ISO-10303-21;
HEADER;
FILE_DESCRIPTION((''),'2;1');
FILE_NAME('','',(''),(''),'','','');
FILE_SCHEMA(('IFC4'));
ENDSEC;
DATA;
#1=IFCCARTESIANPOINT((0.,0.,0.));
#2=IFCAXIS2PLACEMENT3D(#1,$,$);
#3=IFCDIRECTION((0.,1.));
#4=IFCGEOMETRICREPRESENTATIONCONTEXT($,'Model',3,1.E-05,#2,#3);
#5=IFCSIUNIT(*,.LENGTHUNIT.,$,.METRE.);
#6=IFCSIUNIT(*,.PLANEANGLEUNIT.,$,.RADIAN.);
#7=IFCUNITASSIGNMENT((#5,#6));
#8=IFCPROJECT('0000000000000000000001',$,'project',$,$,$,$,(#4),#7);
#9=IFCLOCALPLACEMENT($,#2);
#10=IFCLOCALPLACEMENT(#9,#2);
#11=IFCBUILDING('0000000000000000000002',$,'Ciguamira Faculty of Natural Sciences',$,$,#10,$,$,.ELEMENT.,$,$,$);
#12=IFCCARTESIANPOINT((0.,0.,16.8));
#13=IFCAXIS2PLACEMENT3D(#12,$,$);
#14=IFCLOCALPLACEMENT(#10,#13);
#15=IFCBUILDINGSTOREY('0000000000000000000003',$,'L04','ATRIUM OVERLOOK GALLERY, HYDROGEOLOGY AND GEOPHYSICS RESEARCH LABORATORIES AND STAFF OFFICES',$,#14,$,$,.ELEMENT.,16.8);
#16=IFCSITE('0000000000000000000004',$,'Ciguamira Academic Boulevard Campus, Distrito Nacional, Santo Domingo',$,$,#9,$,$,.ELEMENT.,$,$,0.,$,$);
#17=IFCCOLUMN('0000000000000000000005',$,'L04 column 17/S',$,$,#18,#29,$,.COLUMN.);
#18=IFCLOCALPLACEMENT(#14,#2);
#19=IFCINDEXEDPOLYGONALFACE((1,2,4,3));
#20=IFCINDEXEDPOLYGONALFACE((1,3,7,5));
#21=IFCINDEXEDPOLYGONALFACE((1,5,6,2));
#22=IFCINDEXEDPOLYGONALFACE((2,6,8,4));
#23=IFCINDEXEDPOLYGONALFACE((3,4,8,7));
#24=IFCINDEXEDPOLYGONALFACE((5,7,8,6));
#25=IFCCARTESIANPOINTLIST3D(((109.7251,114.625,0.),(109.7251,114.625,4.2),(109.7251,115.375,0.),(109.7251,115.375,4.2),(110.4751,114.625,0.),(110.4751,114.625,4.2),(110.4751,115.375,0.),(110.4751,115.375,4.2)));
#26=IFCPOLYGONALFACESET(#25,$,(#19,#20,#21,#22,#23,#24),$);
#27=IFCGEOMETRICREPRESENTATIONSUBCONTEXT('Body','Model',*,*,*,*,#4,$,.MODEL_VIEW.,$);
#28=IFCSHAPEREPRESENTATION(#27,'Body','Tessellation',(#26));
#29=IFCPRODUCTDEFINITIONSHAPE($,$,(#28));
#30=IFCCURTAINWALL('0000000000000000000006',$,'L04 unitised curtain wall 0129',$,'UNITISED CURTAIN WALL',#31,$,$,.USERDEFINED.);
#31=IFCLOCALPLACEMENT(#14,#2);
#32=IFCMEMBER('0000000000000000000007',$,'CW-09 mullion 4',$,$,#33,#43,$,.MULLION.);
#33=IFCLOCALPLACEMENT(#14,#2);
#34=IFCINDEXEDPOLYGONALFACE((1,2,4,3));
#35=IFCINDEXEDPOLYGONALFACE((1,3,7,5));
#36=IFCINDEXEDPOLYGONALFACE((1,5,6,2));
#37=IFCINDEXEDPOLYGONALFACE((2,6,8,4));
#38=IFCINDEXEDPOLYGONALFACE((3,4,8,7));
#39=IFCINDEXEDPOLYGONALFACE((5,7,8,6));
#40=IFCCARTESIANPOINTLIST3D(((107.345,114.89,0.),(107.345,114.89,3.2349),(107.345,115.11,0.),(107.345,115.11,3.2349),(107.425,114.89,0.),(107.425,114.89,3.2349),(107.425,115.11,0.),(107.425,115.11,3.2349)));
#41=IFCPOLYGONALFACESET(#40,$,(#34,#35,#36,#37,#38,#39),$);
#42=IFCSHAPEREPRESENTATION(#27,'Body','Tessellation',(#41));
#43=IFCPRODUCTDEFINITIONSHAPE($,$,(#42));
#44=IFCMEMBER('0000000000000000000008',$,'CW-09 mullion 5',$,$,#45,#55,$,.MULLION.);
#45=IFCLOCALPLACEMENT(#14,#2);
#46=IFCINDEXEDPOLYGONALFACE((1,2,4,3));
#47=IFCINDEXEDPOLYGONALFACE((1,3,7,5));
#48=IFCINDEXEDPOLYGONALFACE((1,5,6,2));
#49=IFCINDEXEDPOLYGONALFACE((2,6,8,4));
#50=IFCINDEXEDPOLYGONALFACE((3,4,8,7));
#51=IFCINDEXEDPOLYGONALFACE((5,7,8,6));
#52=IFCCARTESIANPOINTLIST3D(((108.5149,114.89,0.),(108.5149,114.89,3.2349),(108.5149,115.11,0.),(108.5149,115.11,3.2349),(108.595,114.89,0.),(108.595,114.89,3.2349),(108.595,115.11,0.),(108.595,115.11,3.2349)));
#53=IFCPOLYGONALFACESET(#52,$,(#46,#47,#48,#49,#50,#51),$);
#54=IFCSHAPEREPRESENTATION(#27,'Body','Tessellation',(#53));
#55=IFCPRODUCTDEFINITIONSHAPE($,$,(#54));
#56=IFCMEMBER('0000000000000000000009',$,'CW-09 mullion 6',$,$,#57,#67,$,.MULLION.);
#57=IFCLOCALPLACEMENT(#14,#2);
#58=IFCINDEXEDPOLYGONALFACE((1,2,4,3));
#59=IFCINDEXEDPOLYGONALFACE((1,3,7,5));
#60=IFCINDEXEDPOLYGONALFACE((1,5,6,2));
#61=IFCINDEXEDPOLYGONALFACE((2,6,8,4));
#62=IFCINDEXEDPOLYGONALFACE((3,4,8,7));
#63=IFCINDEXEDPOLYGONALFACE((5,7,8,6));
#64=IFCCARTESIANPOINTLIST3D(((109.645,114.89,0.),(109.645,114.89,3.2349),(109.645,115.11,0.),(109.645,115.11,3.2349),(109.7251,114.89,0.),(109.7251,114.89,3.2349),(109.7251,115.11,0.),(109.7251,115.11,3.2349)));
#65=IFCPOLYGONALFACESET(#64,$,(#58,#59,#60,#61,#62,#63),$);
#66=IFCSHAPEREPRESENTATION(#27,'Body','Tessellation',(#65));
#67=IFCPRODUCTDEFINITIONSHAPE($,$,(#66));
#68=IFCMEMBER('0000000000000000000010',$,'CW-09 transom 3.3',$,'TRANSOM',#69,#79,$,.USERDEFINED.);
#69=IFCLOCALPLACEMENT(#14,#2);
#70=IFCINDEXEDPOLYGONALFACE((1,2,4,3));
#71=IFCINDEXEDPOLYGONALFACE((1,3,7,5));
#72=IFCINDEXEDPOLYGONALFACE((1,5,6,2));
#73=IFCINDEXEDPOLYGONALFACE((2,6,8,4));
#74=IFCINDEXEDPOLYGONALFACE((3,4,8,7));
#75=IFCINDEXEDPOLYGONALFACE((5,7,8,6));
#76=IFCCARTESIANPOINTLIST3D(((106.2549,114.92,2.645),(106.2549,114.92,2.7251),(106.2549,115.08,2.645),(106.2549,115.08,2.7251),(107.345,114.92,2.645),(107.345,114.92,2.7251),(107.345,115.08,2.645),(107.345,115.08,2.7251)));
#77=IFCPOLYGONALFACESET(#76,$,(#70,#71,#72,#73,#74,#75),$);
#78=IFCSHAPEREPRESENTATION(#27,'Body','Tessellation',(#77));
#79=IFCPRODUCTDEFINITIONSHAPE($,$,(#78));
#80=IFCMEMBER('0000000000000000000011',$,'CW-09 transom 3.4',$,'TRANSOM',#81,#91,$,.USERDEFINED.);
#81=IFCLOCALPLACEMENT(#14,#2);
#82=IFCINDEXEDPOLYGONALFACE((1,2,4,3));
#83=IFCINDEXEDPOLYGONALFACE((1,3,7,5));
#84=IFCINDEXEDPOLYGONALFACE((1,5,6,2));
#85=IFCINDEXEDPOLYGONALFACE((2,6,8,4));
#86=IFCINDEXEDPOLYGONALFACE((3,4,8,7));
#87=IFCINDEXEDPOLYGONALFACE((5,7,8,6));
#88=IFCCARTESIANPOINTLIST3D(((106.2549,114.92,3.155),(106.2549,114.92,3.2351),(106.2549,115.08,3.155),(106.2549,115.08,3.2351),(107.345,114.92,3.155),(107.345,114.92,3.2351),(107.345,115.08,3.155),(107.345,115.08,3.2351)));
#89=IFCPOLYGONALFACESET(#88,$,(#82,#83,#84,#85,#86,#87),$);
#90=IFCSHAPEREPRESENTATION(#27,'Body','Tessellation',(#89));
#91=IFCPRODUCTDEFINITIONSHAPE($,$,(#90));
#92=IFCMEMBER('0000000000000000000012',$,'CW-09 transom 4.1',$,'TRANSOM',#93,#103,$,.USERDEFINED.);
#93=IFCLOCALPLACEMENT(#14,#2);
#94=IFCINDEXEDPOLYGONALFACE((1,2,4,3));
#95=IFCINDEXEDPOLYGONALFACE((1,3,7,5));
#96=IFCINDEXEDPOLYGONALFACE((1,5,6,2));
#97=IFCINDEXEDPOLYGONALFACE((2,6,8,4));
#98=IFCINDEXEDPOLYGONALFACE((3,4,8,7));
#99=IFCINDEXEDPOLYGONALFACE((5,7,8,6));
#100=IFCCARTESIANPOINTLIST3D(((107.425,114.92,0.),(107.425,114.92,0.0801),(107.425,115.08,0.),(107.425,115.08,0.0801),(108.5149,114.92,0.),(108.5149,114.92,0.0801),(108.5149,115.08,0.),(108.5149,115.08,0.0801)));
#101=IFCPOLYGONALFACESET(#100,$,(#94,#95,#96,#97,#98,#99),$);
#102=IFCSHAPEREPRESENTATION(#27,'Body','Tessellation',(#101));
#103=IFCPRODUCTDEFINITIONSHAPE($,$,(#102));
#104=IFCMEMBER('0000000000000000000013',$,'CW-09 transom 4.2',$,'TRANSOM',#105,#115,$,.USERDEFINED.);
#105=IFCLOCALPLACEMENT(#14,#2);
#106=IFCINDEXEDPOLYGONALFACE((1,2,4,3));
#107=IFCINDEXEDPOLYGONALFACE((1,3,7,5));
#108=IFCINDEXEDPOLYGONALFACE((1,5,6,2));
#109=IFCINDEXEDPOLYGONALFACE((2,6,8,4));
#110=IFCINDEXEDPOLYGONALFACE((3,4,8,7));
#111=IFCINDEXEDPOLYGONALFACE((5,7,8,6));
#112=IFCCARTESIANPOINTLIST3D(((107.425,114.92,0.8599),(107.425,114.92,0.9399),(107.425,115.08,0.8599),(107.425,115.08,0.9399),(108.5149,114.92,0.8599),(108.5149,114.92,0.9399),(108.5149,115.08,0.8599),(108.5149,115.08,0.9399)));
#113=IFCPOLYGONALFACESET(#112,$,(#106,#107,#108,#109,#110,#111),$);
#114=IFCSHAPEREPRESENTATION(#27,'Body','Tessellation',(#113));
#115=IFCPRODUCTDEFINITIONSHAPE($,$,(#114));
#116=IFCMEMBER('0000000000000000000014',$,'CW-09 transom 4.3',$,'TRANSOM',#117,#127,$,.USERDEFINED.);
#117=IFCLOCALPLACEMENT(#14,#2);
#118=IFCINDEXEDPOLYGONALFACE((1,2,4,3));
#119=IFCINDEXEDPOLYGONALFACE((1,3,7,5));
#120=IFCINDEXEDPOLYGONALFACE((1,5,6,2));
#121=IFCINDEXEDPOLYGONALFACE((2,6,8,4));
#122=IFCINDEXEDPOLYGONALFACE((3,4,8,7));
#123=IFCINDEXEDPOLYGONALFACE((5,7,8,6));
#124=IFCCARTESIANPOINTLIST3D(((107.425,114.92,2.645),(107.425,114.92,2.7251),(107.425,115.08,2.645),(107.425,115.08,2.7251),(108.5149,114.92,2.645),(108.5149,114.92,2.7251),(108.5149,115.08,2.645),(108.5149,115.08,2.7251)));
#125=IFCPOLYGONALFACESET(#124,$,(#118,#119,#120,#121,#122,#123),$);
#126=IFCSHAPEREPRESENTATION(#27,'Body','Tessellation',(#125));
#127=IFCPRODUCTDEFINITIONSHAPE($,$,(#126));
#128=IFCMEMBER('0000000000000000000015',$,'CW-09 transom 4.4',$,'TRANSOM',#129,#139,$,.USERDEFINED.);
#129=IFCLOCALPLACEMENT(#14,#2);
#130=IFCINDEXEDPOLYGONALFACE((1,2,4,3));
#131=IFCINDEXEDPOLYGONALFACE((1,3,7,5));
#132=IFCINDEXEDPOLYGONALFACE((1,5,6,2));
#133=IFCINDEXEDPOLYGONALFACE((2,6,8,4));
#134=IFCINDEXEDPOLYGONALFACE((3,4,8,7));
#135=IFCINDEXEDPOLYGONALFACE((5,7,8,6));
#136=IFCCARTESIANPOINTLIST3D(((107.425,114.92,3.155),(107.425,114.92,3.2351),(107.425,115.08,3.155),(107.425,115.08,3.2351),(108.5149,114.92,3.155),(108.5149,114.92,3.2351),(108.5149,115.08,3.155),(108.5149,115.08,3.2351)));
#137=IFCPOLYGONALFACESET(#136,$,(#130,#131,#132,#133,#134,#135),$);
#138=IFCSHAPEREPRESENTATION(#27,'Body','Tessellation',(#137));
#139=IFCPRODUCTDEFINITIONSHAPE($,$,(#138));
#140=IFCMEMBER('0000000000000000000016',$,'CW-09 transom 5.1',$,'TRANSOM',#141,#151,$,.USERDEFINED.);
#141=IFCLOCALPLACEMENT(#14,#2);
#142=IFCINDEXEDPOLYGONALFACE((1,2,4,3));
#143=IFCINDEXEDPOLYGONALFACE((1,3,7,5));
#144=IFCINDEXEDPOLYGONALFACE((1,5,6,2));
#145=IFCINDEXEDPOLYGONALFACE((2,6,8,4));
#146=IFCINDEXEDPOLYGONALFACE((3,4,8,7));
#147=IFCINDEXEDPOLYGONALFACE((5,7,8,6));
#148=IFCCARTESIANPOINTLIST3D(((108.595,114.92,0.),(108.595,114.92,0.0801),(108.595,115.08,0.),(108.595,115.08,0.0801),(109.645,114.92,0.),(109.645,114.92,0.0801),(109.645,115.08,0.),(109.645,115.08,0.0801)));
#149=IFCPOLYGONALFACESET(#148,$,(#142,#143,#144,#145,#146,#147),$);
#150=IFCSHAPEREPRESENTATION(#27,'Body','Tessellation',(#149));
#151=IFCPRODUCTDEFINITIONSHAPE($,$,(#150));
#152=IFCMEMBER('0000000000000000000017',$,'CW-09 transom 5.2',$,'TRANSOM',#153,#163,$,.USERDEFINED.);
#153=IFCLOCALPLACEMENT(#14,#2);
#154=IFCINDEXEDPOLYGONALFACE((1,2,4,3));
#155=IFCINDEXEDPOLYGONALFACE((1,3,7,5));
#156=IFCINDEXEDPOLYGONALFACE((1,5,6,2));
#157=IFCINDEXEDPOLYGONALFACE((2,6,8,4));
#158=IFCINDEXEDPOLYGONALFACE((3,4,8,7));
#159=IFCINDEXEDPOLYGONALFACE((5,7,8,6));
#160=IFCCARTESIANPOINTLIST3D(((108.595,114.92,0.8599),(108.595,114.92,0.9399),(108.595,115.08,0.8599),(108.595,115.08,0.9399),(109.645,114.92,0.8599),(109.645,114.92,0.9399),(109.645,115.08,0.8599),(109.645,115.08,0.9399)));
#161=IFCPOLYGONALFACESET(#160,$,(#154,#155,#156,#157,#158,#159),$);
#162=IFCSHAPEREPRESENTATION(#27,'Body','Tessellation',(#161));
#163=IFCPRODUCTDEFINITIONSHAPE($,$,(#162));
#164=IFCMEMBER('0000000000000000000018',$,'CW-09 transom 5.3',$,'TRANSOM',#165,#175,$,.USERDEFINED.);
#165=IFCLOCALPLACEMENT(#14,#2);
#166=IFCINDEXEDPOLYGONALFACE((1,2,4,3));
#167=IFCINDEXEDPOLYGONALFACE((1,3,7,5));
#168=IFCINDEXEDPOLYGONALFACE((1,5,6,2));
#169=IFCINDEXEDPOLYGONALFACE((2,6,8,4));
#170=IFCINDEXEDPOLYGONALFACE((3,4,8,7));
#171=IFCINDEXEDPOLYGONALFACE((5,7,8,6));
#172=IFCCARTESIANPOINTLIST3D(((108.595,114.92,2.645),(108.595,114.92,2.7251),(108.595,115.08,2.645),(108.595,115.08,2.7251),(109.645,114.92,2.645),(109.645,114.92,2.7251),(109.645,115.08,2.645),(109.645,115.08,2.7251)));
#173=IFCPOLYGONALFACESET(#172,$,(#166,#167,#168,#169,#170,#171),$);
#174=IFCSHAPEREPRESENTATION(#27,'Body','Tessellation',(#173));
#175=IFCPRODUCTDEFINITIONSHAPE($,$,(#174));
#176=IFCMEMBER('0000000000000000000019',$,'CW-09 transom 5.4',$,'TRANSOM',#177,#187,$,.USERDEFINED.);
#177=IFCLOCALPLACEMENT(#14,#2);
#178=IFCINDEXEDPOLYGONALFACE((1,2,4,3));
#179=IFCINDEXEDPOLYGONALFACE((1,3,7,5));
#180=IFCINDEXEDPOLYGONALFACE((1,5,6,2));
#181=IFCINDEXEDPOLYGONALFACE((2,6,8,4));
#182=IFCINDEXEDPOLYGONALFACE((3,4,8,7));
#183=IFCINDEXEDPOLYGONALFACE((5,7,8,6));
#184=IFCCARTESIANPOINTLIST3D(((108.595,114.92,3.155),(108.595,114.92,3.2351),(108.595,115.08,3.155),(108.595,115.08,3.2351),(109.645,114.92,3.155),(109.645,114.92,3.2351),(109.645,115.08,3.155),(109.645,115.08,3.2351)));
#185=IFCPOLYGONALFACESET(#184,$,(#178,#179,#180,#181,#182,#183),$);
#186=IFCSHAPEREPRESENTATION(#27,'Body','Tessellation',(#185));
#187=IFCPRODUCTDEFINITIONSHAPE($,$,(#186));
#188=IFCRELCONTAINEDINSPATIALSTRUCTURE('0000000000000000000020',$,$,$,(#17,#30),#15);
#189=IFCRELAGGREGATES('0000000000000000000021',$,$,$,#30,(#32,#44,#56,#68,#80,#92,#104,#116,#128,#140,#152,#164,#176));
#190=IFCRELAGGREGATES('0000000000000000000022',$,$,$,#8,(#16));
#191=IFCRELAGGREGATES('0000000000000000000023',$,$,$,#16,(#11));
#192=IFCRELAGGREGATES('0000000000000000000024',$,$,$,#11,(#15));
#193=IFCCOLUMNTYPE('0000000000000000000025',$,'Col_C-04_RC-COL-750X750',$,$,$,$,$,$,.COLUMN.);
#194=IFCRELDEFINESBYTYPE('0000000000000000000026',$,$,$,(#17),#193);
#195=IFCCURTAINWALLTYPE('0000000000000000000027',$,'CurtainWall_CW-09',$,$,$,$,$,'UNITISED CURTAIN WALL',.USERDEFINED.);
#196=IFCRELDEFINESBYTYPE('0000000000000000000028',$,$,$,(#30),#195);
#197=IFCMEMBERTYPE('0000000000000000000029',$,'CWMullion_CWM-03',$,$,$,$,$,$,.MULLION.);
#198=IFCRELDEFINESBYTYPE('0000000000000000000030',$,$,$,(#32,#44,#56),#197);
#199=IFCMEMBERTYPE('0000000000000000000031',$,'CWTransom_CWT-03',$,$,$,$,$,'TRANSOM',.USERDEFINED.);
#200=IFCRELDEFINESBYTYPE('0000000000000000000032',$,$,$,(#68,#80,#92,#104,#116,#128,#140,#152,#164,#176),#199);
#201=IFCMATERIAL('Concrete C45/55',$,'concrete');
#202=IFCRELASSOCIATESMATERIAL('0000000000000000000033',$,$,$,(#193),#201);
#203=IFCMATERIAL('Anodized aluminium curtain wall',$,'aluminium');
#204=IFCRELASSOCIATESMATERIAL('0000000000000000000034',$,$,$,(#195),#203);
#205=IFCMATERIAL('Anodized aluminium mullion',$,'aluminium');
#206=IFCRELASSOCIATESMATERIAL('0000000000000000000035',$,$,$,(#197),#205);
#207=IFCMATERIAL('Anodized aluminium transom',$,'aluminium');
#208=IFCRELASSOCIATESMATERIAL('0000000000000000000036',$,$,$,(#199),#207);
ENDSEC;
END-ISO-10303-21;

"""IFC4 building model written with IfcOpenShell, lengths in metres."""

from ifc_helpers import new_model, si_unit, direction, frame, origin, origin_2d, place, context, subcontext, project, spatial, rectangle, extrude, material, material_profile, profile_set, type_object, element, aggregate, save


model = new_model("IFC4")

# Units and contexts
model_context = context("Model", 3, precision=1e-05, world=origin(), true_north=direction((0.0, 1.0)))
body_context = subcontext(model_context, "Body", "Model", "MODEL_VIEW")
ifc_project = project(units=[si_unit("LENGTHUNIT", "METRE"), si_unit("PLANEANGLEUNIT", "RADIAN")], contexts=[model_context])

# Site, building, storey
site_placement = place(None, origin())
site = spatial("IfcSite", under=ifc_project, at=site_placement, Name="Ciguamira Academic Boulevard Campus, Distrito Nacional, Santo Domingo", CompositionType="ELEMENT", RefElevation=0.0)
building_placement = place(site_placement, origin())
building = spatial("IfcBuilding", under=site, at=building_placement, Name="Ciguamira Faculty of Natural Sciences", CompositionType="ELEMENT")
storey_placement = place(building_placement, frame((0.0, 0.0, 16.8)))
storey = spatial("IfcBuildingStorey", under=building, at=storey_placement, Name="L04", Description="ATRIUM OVERLOOK GALLERY, HYDROGEOLOGY AND GEOPHYSICS RESEARCH LABORATORIES AND STAFF OFFICES", CompositionType="ELEMENT", Elevation=16.8)

# Column
ifc_material_1 = material(Name="Concrete C45/55", Category="concrete")
ifc_material_profile_1 = material_profile(ifc_material_1, rectangle(XDim=0.75, YDim=0.75, at=origin_2d()), Name="RC-COL-750X750")
ifc_profile_set_1 = profile_set([ifc_material_profile_1], Name="Concrete C45/55")
column_type = type_object("IfcColumnType", Name="Col_C-04_RC-COL-750X750", PredefinedType="COLUMN", material=ifc_profile_set_1)
column_placement = place(storey_placement, frame((110.1001, 115.0, 0.0), z_axis=(0.0, 0.0, 1.0), x_axis=(1.0, 0.0, 0.0)))
element("IfcColumn", 1, at=column_placement, inside=storey, type_object=column_type, Name="L04 column 17/S", PredefinedType="COLUMN", context=body_context, shape_type="SweptSolid", body=[
    extrude(rectangle(XDim=0.75, YDim=0.75, at=origin_2d()), origin(), (0.0, 0.0, 1.0), 4.2),
])

# Curtain wall, members
ifc_material_2 = material(Name="Anodized aluminium curtain wall", Category="aluminium")
curtain_wall_type = type_object("IfcCurtainWallType", Name="CurtainWall_CW-09", ElementType="UNITISED CURTAIN WALL", PredefinedType="USERDEFINED", material=ifc_material_2)
curtain_wall_placement = place(storey_placement, origin())
curtain_wall = element("IfcCurtainWall", 2, at=curtain_wall_placement, inside=storey, type_object=curtain_wall_type, Name="L04 unitised curtain wall 0129", ObjectType="UNITISED CURTAIN WALL", PredefinedType="USERDEFINED")
ifc_material_3 = material(Name="Anodized aluminium mullion", Category="aluminium")
ifc_material_profile_2 = material_profile(ifc_material_3, rectangle(XDim=0.0801, YDim=0.22, at=origin_2d()), Name="ALU-MUL-80X220")
ifc_profile_set_2 = profile_set([ifc_material_profile_2], Name="Anodized aluminium mullion")
member_type_1 = type_object("IfcMemberType", Name="CWMullion_CWM-03", PredefinedType="MULLION", material=ifc_profile_set_2)
member_1_placement = place(storey_placement, frame((107.385, 115.0, 0.0), z_axis=(0.0, 0.0, 1.0), x_axis=(1.0, 0.0, 0.0)))
member_1 = element("IfcMember", 3, at=member_1_placement, type_object=member_type_1, Name="CW-09 mullion 4", PredefinedType="MULLION", context=body_context, shape_type="SweptSolid", body=[
    extrude(rectangle(XDim=0.0801, YDim=0.22, at=origin_2d()), origin(), (0.0, 0.0, 1.0), 3.2349),
])
member_2_placement = place(storey_placement, frame((108.5549, 115.0, 0.0), z_axis=(0.0, 0.0, 1.0), x_axis=(1.0, 0.0, 0.0)))
member_2 = element("IfcMember", 4, at=member_2_placement, type_object=member_type_1, Name="CW-09 mullion 5", PredefinedType="MULLION", context=body_context, shape_type="SweptSolid", body=[
    extrude(rectangle(XDim=0.0801, YDim=0.22, at=origin_2d()), origin(), (0.0, 0.0, 1.0), 3.2349),
])
member_3_placement = place(storey_placement, frame((109.6851, 115.0, 0.0), z_axis=(0.0, 0.0, 1.0), x_axis=(1.0, 0.0, 0.0)))
member_3 = element("IfcMember", 5, at=member_3_placement, type_object=member_type_1, Name="CW-09 mullion 6", PredefinedType="MULLION", context=body_context, shape_type="SweptSolid", body=[
    extrude(rectangle(XDim=0.0801, YDim=0.22, at=origin_2d()), origin(), (0.0, 0.0, 1.0), 3.2349),
])
ifc_material_4 = material(Name="Anodized aluminium transom", Category="aluminium")
ifc_material_profile_3 = material_profile(ifc_material_4, rectangle(XDim=0.0801, YDim=0.1599, at=origin_2d()), Name="ALU-TRN-80X160")
ifc_profile_set_3 = profile_set([ifc_material_profile_3], Name="Anodized aluminium transom")
member_type_2 = type_object("IfcMemberType", Name="CWTransom_CWT-03", ElementType="TRANSOM", PredefinedType="USERDEFINED", material=ifc_profile_set_3)
member_4_placement = place(storey_placement, frame((106.2549, 115.0, 2.6851), z_axis=(1.0, 0.0, 0.0), x_axis=(0.0, 0.0, 1.0)))
member_4 = element("IfcMember", 6, at=member_4_placement, type_object=member_type_2, Name="CW-09 transom 3.3", ObjectType="TRANSOM", PredefinedType="USERDEFINED", context=body_context, shape_type="SweptSolid", body=[
    extrude(rectangle(XDim=0.0801, YDim=0.1599, at=origin_2d()), origin(), (0.0, 0.0, 1.0), 1.0901),
])
member_5_placement = place(storey_placement, frame((106.2549, 115.0, 3.1951), z_axis=(1.0, 0.0, 0.0), x_axis=(0.0, 0.0, 1.0)))
member_5 = element("IfcMember", 7, at=member_5_placement, type_object=member_type_2, Name="CW-09 transom 3.4", ObjectType="TRANSOM", PredefinedType="USERDEFINED", context=body_context, shape_type="SweptSolid", body=[
    extrude(rectangle(XDim=0.0801, YDim=0.1599, at=origin_2d()), origin(), (0.0, 0.0, 1.0), 1.0901),
])
member_6_placement = place(storey_placement, frame((107.425, 115.0, 0.04), z_axis=(1.0, 0.0, 0.0), x_axis=(0.0, 0.0, 1.0)))
member_6 = element("IfcMember", 8, at=member_6_placement, type_object=member_type_2, Name="CW-09 transom 4.1", ObjectType="TRANSOM", PredefinedType="USERDEFINED", context=body_context, shape_type="SweptSolid", body=[
    extrude(rectangle(XDim=0.0801, YDim=0.1599, at=origin_2d()), origin(), (0.0, 0.0, 1.0), 1.0898),
])
member_7_placement = place(storey_placement, frame((107.425, 115.0, 0.8999), z_axis=(1.0, 0.0, 0.0), x_axis=(0.0, 0.0, 1.0)))
member_7 = element("IfcMember", 9, at=member_7_placement, type_object=member_type_2, Name="CW-09 transom 4.2", ObjectType="TRANSOM", PredefinedType="USERDEFINED", context=body_context, shape_type="SweptSolid", body=[
    extrude(rectangle(XDim=0.0801, YDim=0.1599, at=origin_2d()), origin(), (0.0, 0.0, 1.0), 1.0898),
])
member_8_placement = place(storey_placement, frame((107.425, 115.0, 2.6851), z_axis=(1.0, 0.0, 0.0), x_axis=(0.0, 0.0, 1.0)))
member_8 = element("IfcMember", 10, at=member_8_placement, type_object=member_type_2, Name="CW-09 transom 4.3", ObjectType="TRANSOM", PredefinedType="USERDEFINED", context=body_context, shape_type="SweptSolid", body=[
    extrude(rectangle(XDim=0.0801, YDim=0.1599, at=origin_2d()), origin(), (0.0, 0.0, 1.0), 1.0898),
])
member_9_placement = place(storey_placement, frame((107.425, 115.0, 3.1951), z_axis=(1.0, 0.0, 0.0), x_axis=(0.0, 0.0, 1.0)))
member_9 = element("IfcMember", 11, at=member_9_placement, type_object=member_type_2, Name="CW-09 transom 4.4", ObjectType="TRANSOM", PredefinedType="USERDEFINED", context=body_context, shape_type="SweptSolid", body=[
    extrude(rectangle(XDim=0.0801, YDim=0.1599, at=origin_2d()), origin(), (0.0, 0.0, 1.0), 1.0898),
])
member_10_placement = place(storey_placement, frame((108.595, 115.0, 0.04), z_axis=(1.0, 0.0, 0.0), x_axis=(0.0, 0.0, 1.0)))
member_10 = element("IfcMember", 12, at=member_10_placement, type_object=member_type_2, Name="CW-09 transom 5.1", ObjectType="TRANSOM", PredefinedType="USERDEFINED", context=body_context, shape_type="SweptSolid", body=[
    extrude(rectangle(XDim=0.0801, YDim=0.1599, at=origin_2d()), origin(), (0.0, 0.0, 1.0), 1.05),
])
member_11_placement = place(storey_placement, frame((108.595, 115.0, 0.8999), z_axis=(1.0, 0.0, 0.0), x_axis=(0.0, 0.0, 1.0)))
member_11 = element("IfcMember", 13, at=member_11_placement, type_object=member_type_2, Name="CW-09 transom 5.2", ObjectType="TRANSOM", PredefinedType="USERDEFINED", context=body_context, shape_type="SweptSolid", body=[
    extrude(rectangle(XDim=0.0801, YDim=0.1599, at=origin_2d()), origin(), (0.0, 0.0, 1.0), 1.05),
])
member_12_placement = place(storey_placement, frame((108.595, 115.0, 2.6851), z_axis=(1.0, 0.0, 0.0), x_axis=(0.0, 0.0, 1.0)))
member_12 = element("IfcMember", 14, at=member_12_placement, type_object=member_type_2, Name="CW-09 transom 5.3", ObjectType="TRANSOM", PredefinedType="USERDEFINED", context=body_context, shape_type="SweptSolid", body=[
    extrude(rectangle(XDim=0.0801, YDim=0.1599, at=origin_2d()), origin(), (0.0, 0.0, 1.0), 1.05),
])
member_13_placement = place(storey_placement, frame((108.595, 115.0, 3.1951), z_axis=(1.0, 0.0, 0.0), x_axis=(0.0, 0.0, 1.0)))
member_13 = element("IfcMember", 15, at=member_13_placement, type_object=member_type_2, Name="CW-09 transom 5.4", ObjectType="TRANSOM", PredefinedType="USERDEFINED", context=body_context, shape_type="SweptSolid", body=[
    extrude(rectangle(XDim=0.0801, YDim=0.1599, at=origin_2d()), origin(), (0.0, 0.0, 1.0), 1.05),
])
aggregate(curtain_wall, [member_1, member_2, member_3, member_4, member_5, member_6, member_7, member_8, member_9, member_10, member_11, member_12, member_13])

save(model, "model.ifc")
